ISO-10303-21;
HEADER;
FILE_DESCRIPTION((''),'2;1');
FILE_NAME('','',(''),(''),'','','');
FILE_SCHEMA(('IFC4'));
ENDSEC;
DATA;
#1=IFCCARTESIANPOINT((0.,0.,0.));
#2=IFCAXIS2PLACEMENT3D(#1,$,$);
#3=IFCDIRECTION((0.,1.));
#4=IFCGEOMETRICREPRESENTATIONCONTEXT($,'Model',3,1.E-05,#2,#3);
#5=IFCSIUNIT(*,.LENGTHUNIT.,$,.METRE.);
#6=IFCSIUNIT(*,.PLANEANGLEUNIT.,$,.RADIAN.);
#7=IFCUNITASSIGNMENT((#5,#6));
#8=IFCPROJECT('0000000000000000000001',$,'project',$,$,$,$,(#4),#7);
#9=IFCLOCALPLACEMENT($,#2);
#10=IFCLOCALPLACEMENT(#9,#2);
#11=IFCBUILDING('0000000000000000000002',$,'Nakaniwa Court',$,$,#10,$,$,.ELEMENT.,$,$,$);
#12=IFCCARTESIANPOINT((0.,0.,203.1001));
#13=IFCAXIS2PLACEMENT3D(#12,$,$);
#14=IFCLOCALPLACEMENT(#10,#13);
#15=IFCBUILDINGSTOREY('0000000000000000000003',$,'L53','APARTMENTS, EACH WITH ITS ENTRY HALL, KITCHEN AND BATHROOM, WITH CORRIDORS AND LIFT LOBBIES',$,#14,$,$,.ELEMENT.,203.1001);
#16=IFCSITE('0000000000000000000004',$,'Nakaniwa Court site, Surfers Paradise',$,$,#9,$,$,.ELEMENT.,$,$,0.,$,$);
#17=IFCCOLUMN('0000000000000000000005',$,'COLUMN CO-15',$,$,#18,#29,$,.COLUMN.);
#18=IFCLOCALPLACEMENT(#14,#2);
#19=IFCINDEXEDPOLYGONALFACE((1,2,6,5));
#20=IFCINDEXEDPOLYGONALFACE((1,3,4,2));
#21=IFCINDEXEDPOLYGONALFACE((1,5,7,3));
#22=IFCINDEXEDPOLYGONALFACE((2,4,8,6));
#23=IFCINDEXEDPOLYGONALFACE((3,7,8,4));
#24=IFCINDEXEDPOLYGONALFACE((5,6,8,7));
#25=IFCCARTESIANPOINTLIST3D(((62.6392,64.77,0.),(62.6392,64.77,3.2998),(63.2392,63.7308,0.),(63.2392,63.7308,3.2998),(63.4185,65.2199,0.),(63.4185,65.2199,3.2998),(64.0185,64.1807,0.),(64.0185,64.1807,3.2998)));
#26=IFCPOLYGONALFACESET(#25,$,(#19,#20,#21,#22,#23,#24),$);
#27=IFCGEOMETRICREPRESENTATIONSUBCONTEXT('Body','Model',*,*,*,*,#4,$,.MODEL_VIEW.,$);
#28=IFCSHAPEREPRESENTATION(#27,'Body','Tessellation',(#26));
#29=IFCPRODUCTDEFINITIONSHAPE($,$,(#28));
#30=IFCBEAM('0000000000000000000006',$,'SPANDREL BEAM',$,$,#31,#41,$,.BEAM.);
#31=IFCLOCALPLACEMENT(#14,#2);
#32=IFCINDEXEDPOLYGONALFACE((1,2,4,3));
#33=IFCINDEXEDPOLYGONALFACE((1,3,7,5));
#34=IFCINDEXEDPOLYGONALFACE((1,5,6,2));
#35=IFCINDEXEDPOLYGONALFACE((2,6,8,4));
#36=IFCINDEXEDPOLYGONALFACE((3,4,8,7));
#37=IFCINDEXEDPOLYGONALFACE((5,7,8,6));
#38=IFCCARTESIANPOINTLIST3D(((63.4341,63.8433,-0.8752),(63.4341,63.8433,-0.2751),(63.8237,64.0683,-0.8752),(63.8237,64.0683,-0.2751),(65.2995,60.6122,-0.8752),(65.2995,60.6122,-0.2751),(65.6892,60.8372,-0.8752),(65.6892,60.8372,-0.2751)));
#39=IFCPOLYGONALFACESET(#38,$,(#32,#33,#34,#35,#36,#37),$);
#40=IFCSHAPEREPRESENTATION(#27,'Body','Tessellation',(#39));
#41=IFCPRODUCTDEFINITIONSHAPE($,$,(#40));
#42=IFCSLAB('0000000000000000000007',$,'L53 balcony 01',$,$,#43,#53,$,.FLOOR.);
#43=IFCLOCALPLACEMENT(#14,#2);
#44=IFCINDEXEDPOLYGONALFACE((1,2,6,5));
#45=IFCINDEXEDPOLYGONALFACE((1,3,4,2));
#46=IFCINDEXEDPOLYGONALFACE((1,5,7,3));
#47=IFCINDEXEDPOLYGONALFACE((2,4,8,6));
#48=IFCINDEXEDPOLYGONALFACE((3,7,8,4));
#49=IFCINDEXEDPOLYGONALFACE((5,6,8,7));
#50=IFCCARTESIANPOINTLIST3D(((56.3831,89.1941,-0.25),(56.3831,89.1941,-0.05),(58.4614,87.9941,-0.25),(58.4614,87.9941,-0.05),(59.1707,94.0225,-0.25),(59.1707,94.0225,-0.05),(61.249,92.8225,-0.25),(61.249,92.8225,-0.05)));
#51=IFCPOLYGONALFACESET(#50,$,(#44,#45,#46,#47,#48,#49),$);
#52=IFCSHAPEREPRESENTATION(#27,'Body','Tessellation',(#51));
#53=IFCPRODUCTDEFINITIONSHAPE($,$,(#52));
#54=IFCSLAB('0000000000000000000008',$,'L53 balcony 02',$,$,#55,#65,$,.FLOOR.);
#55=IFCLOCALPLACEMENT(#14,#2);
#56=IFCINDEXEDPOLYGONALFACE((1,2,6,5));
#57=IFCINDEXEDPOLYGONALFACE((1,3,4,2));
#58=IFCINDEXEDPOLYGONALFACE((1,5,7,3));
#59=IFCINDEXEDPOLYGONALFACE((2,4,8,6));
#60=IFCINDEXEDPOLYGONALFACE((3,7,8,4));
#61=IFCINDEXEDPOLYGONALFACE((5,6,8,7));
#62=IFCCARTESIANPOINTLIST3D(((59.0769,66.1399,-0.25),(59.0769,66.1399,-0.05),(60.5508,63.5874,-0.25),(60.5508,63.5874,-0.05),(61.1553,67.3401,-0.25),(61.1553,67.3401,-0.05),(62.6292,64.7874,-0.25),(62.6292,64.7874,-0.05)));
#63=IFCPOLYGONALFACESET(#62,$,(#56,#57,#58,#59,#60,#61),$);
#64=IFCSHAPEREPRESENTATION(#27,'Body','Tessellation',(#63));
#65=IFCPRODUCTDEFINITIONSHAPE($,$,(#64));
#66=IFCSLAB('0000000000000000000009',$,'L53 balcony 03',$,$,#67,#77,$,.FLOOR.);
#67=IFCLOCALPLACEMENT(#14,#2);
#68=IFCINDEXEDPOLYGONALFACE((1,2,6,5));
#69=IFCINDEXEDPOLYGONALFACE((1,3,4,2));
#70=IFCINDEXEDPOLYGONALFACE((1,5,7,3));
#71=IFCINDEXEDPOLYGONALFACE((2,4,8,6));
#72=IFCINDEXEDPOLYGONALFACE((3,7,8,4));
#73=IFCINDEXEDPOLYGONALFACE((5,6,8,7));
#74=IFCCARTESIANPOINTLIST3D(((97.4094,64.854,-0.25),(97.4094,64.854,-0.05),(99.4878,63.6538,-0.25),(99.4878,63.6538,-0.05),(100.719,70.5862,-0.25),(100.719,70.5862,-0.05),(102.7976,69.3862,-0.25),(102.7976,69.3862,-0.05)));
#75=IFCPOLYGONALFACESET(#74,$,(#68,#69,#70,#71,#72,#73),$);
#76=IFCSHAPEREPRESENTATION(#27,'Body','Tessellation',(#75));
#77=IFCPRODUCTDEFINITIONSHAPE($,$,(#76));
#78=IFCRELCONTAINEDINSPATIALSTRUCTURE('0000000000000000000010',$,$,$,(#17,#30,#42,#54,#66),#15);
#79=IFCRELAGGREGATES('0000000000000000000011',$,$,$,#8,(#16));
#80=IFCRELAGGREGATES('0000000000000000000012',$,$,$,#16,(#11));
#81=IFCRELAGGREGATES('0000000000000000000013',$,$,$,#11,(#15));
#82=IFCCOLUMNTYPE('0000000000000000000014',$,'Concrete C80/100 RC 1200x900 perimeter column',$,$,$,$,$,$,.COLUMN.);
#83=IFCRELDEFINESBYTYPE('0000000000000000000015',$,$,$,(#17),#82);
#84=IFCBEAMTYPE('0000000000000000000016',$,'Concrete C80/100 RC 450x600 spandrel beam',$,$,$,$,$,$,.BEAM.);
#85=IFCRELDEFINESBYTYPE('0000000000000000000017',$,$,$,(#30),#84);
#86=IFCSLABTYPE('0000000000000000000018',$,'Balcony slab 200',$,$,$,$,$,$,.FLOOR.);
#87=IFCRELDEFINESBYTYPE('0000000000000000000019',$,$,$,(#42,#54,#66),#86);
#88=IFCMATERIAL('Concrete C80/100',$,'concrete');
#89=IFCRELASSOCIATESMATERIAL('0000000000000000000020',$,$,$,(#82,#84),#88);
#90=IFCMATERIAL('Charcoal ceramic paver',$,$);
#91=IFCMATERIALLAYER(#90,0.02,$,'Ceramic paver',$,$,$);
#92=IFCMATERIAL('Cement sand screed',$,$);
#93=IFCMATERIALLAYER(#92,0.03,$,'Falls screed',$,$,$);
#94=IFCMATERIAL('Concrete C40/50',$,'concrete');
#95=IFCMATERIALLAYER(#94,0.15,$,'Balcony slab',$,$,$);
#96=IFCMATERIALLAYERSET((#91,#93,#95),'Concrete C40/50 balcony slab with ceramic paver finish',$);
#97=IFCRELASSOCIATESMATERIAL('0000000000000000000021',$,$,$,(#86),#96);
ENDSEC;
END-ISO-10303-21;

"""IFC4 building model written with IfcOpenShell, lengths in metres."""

from ifc_helpers import new_model, si_unit, direction, frame, origin, origin_2d, place, context, subcontext, project, spatial, polyline, rectangle, outline, extrude, material, layer, layer_set, material_profile, profile_set, type_object, element, save


model = new_model("IFC4")

# Units and contexts
model_context = context("Model", 3, precision=1e-05, world=origin(), true_north=direction((0.0, 1.0)))
body_context = subcontext(model_context, "Body", "Model", "MODEL_VIEW")
ifc_project = project(units=[si_unit("LENGTHUNIT", "METRE"), si_unit("PLANEANGLEUNIT", "RADIAN")], contexts=[model_context])

# Site, building, storey
site_placement = place(None, origin())
site = spatial("IfcSite", under=ifc_project, at=site_placement, Name="Nakaniwa Court site, Surfers Paradise", CompositionType="ELEMENT", RefElevation=0.0)
building_placement = place(site_placement, origin())
building = spatial("IfcBuilding", under=site, at=building_placement, Name="Nakaniwa Court", CompositionType="ELEMENT")
storey_placement = place(building_placement, frame((0.0, 0.0, 203.1001)))
storey = spatial("IfcBuildingStorey", under=building, at=storey_placement, Name="L53", Description="APARTMENTS, EACH WITH ITS ENTRY HALL, KITCHEN AND BATHROOM, WITH CORRIDORS AND LIFT LOBBIES", CompositionType="ELEMENT", Elevation=203.1001)

# Column
ifc_material_1 = material(Name="Concrete C80/100", Category="concrete")
ifc_material_profile_1 = material_profile(ifc_material_1, rectangle(XDim=1.2, YDim=0.8999, at=origin_2d()), Name="Concrete C80/100 RC 1200x900 perimeter column")
ifc_profile_set_1 = profile_set([ifc_material_profile_1], Name="Concrete C80/100")
column_type = type_object("IfcColumnType", Name="Concrete C80/100 RC 1200x900 perimeter column", PredefinedType="COLUMN", material=ifc_profile_set_1)
column_placement = place(storey_placement, frame((63.3289, 64.4753, 0.0), z_axis=(0.0, 0.0, 1.0), x_axis=(0.5, -0.866025, 0.0)))
element("IfcColumn", 1, at=column_placement, inside=storey, type_object=column_type, Name="COLUMN CO-15", PredefinedType="COLUMN", context=body_context, shape_type="SweptSolid", body=[
    extrude(rectangle(XDim=1.2, YDim=0.8999, at=origin_2d()), origin(), (0.0, 0.0, 1.0), 3.2998),
])

# Beam
ifc_material_profile_2 = material_profile(ifc_material_1, rectangle(XDim=0.45, YDim=0.6001, at=origin_2d()), Name="Concrete C80/100 RC 450x600 spandrel beam")
ifc_profile_set_2 = profile_set([ifc_material_profile_2], Name="Concrete C80/100")
beam_type = type_object("IfcBeamType", Name="Concrete C80/100 RC 450x600 spandrel beam", PredefinedType="BEAM", material=ifc_profile_set_2)
beam_placement = place(storey_placement, frame((63.6289, 63.9558, -0.5752), z_axis=(0.499989, -0.866032, 0.0), x_axis=(0.866032, 0.499989, 0.0)))
element("IfcBeam", 2, at=beam_placement, inside=storey, type_object=beam_type, Name="SPANDREL BEAM", PredefinedType="BEAM", context=body_context, shape_type="SweptSolid", body=[
    extrude(rectangle(XDim=0.45, YDim=0.6001, at=origin_2d()), origin(), (0.0, 0.0, 1.0), 3.731),
])

# Slabs
ifc_material_2 = material(Name="Charcoal ceramic paver")
ifc_layer_1 = layer(ifc_material_2, 0.02, Name="Ceramic paver")
ifc_material_3 = material(Name="Cement sand screed")
ifc_layer_2 = layer(ifc_material_3, 0.03, Name="Falls screed")
ifc_material_4 = material(Name="Concrete C40/50", Category="concrete")
ifc_layer_3 = layer(ifc_material_4, 0.15, Name="Balcony slab")
ifc_layer_set_1 = layer_set([ifc_layer_1, ifc_layer_2, ifc_layer_3], Name="Concrete C40/50 balcony slab with ceramic paver finish")
slab_type_1 = type_object("IfcSlabType", Name="Balcony slab 200", PredefinedType="FLOOR", material=ifc_layer_set_1)
slab_1_placement = place(storey_placement, frame((0.0, 0.0, -0.25)))
element("IfcSlab", 3, at=slab_1_placement, inside=storey, type_object=slab_type_1, Name="L53 balcony 01", PredefinedType="FLOOR", context=body_context, shape_type="SweptSolid", body=[
    extrude(outline(polyline([(61.249, 92.8225), (58.4614, 87.9941), (56.3831, 89.1941), (59.1707, 94.0225), (61.249, 92.8225)])), origin(), (0.0, 0.0, 1.0), 0.2),
])
slab_2_placement = place(storey_placement, frame((0.0, 0.0, -0.25)))
element("IfcSlab", 4, at=slab_2_placement, inside=storey, type_object=slab_type_1, Name="L53 balcony 02", PredefinedType="FLOOR", context=body_context, shape_type="SweptSolid", body=[
    extrude(outline(polyline([(61.1553, 67.3401), (62.6292, 64.7874), (60.5508, 63.5874), (59.0769, 66.1399), (61.1553, 67.3401)])), origin(), (0.0, 0.0, 1.0), 0.2),
])
slab_3_placement = place(storey_placement, frame((0.0, 0.0, -0.25)))
element("IfcSlab", 5, at=slab_3_placement, inside=storey, type_object=slab_type_1, Name="L53 balcony 03", PredefinedType="FLOOR", context=body_context, shape_type="SweptSolid", body=[
    extrude(outline(polyline([(97.4094, 64.854), (100.719, 70.5862), (102.7976, 69.3862), (99.4878, 63.6538), (97.4094, 64.854)])), origin(), (0.0, 0.0, 1.0), 0.2),
])

save(model, "model.ifc")
